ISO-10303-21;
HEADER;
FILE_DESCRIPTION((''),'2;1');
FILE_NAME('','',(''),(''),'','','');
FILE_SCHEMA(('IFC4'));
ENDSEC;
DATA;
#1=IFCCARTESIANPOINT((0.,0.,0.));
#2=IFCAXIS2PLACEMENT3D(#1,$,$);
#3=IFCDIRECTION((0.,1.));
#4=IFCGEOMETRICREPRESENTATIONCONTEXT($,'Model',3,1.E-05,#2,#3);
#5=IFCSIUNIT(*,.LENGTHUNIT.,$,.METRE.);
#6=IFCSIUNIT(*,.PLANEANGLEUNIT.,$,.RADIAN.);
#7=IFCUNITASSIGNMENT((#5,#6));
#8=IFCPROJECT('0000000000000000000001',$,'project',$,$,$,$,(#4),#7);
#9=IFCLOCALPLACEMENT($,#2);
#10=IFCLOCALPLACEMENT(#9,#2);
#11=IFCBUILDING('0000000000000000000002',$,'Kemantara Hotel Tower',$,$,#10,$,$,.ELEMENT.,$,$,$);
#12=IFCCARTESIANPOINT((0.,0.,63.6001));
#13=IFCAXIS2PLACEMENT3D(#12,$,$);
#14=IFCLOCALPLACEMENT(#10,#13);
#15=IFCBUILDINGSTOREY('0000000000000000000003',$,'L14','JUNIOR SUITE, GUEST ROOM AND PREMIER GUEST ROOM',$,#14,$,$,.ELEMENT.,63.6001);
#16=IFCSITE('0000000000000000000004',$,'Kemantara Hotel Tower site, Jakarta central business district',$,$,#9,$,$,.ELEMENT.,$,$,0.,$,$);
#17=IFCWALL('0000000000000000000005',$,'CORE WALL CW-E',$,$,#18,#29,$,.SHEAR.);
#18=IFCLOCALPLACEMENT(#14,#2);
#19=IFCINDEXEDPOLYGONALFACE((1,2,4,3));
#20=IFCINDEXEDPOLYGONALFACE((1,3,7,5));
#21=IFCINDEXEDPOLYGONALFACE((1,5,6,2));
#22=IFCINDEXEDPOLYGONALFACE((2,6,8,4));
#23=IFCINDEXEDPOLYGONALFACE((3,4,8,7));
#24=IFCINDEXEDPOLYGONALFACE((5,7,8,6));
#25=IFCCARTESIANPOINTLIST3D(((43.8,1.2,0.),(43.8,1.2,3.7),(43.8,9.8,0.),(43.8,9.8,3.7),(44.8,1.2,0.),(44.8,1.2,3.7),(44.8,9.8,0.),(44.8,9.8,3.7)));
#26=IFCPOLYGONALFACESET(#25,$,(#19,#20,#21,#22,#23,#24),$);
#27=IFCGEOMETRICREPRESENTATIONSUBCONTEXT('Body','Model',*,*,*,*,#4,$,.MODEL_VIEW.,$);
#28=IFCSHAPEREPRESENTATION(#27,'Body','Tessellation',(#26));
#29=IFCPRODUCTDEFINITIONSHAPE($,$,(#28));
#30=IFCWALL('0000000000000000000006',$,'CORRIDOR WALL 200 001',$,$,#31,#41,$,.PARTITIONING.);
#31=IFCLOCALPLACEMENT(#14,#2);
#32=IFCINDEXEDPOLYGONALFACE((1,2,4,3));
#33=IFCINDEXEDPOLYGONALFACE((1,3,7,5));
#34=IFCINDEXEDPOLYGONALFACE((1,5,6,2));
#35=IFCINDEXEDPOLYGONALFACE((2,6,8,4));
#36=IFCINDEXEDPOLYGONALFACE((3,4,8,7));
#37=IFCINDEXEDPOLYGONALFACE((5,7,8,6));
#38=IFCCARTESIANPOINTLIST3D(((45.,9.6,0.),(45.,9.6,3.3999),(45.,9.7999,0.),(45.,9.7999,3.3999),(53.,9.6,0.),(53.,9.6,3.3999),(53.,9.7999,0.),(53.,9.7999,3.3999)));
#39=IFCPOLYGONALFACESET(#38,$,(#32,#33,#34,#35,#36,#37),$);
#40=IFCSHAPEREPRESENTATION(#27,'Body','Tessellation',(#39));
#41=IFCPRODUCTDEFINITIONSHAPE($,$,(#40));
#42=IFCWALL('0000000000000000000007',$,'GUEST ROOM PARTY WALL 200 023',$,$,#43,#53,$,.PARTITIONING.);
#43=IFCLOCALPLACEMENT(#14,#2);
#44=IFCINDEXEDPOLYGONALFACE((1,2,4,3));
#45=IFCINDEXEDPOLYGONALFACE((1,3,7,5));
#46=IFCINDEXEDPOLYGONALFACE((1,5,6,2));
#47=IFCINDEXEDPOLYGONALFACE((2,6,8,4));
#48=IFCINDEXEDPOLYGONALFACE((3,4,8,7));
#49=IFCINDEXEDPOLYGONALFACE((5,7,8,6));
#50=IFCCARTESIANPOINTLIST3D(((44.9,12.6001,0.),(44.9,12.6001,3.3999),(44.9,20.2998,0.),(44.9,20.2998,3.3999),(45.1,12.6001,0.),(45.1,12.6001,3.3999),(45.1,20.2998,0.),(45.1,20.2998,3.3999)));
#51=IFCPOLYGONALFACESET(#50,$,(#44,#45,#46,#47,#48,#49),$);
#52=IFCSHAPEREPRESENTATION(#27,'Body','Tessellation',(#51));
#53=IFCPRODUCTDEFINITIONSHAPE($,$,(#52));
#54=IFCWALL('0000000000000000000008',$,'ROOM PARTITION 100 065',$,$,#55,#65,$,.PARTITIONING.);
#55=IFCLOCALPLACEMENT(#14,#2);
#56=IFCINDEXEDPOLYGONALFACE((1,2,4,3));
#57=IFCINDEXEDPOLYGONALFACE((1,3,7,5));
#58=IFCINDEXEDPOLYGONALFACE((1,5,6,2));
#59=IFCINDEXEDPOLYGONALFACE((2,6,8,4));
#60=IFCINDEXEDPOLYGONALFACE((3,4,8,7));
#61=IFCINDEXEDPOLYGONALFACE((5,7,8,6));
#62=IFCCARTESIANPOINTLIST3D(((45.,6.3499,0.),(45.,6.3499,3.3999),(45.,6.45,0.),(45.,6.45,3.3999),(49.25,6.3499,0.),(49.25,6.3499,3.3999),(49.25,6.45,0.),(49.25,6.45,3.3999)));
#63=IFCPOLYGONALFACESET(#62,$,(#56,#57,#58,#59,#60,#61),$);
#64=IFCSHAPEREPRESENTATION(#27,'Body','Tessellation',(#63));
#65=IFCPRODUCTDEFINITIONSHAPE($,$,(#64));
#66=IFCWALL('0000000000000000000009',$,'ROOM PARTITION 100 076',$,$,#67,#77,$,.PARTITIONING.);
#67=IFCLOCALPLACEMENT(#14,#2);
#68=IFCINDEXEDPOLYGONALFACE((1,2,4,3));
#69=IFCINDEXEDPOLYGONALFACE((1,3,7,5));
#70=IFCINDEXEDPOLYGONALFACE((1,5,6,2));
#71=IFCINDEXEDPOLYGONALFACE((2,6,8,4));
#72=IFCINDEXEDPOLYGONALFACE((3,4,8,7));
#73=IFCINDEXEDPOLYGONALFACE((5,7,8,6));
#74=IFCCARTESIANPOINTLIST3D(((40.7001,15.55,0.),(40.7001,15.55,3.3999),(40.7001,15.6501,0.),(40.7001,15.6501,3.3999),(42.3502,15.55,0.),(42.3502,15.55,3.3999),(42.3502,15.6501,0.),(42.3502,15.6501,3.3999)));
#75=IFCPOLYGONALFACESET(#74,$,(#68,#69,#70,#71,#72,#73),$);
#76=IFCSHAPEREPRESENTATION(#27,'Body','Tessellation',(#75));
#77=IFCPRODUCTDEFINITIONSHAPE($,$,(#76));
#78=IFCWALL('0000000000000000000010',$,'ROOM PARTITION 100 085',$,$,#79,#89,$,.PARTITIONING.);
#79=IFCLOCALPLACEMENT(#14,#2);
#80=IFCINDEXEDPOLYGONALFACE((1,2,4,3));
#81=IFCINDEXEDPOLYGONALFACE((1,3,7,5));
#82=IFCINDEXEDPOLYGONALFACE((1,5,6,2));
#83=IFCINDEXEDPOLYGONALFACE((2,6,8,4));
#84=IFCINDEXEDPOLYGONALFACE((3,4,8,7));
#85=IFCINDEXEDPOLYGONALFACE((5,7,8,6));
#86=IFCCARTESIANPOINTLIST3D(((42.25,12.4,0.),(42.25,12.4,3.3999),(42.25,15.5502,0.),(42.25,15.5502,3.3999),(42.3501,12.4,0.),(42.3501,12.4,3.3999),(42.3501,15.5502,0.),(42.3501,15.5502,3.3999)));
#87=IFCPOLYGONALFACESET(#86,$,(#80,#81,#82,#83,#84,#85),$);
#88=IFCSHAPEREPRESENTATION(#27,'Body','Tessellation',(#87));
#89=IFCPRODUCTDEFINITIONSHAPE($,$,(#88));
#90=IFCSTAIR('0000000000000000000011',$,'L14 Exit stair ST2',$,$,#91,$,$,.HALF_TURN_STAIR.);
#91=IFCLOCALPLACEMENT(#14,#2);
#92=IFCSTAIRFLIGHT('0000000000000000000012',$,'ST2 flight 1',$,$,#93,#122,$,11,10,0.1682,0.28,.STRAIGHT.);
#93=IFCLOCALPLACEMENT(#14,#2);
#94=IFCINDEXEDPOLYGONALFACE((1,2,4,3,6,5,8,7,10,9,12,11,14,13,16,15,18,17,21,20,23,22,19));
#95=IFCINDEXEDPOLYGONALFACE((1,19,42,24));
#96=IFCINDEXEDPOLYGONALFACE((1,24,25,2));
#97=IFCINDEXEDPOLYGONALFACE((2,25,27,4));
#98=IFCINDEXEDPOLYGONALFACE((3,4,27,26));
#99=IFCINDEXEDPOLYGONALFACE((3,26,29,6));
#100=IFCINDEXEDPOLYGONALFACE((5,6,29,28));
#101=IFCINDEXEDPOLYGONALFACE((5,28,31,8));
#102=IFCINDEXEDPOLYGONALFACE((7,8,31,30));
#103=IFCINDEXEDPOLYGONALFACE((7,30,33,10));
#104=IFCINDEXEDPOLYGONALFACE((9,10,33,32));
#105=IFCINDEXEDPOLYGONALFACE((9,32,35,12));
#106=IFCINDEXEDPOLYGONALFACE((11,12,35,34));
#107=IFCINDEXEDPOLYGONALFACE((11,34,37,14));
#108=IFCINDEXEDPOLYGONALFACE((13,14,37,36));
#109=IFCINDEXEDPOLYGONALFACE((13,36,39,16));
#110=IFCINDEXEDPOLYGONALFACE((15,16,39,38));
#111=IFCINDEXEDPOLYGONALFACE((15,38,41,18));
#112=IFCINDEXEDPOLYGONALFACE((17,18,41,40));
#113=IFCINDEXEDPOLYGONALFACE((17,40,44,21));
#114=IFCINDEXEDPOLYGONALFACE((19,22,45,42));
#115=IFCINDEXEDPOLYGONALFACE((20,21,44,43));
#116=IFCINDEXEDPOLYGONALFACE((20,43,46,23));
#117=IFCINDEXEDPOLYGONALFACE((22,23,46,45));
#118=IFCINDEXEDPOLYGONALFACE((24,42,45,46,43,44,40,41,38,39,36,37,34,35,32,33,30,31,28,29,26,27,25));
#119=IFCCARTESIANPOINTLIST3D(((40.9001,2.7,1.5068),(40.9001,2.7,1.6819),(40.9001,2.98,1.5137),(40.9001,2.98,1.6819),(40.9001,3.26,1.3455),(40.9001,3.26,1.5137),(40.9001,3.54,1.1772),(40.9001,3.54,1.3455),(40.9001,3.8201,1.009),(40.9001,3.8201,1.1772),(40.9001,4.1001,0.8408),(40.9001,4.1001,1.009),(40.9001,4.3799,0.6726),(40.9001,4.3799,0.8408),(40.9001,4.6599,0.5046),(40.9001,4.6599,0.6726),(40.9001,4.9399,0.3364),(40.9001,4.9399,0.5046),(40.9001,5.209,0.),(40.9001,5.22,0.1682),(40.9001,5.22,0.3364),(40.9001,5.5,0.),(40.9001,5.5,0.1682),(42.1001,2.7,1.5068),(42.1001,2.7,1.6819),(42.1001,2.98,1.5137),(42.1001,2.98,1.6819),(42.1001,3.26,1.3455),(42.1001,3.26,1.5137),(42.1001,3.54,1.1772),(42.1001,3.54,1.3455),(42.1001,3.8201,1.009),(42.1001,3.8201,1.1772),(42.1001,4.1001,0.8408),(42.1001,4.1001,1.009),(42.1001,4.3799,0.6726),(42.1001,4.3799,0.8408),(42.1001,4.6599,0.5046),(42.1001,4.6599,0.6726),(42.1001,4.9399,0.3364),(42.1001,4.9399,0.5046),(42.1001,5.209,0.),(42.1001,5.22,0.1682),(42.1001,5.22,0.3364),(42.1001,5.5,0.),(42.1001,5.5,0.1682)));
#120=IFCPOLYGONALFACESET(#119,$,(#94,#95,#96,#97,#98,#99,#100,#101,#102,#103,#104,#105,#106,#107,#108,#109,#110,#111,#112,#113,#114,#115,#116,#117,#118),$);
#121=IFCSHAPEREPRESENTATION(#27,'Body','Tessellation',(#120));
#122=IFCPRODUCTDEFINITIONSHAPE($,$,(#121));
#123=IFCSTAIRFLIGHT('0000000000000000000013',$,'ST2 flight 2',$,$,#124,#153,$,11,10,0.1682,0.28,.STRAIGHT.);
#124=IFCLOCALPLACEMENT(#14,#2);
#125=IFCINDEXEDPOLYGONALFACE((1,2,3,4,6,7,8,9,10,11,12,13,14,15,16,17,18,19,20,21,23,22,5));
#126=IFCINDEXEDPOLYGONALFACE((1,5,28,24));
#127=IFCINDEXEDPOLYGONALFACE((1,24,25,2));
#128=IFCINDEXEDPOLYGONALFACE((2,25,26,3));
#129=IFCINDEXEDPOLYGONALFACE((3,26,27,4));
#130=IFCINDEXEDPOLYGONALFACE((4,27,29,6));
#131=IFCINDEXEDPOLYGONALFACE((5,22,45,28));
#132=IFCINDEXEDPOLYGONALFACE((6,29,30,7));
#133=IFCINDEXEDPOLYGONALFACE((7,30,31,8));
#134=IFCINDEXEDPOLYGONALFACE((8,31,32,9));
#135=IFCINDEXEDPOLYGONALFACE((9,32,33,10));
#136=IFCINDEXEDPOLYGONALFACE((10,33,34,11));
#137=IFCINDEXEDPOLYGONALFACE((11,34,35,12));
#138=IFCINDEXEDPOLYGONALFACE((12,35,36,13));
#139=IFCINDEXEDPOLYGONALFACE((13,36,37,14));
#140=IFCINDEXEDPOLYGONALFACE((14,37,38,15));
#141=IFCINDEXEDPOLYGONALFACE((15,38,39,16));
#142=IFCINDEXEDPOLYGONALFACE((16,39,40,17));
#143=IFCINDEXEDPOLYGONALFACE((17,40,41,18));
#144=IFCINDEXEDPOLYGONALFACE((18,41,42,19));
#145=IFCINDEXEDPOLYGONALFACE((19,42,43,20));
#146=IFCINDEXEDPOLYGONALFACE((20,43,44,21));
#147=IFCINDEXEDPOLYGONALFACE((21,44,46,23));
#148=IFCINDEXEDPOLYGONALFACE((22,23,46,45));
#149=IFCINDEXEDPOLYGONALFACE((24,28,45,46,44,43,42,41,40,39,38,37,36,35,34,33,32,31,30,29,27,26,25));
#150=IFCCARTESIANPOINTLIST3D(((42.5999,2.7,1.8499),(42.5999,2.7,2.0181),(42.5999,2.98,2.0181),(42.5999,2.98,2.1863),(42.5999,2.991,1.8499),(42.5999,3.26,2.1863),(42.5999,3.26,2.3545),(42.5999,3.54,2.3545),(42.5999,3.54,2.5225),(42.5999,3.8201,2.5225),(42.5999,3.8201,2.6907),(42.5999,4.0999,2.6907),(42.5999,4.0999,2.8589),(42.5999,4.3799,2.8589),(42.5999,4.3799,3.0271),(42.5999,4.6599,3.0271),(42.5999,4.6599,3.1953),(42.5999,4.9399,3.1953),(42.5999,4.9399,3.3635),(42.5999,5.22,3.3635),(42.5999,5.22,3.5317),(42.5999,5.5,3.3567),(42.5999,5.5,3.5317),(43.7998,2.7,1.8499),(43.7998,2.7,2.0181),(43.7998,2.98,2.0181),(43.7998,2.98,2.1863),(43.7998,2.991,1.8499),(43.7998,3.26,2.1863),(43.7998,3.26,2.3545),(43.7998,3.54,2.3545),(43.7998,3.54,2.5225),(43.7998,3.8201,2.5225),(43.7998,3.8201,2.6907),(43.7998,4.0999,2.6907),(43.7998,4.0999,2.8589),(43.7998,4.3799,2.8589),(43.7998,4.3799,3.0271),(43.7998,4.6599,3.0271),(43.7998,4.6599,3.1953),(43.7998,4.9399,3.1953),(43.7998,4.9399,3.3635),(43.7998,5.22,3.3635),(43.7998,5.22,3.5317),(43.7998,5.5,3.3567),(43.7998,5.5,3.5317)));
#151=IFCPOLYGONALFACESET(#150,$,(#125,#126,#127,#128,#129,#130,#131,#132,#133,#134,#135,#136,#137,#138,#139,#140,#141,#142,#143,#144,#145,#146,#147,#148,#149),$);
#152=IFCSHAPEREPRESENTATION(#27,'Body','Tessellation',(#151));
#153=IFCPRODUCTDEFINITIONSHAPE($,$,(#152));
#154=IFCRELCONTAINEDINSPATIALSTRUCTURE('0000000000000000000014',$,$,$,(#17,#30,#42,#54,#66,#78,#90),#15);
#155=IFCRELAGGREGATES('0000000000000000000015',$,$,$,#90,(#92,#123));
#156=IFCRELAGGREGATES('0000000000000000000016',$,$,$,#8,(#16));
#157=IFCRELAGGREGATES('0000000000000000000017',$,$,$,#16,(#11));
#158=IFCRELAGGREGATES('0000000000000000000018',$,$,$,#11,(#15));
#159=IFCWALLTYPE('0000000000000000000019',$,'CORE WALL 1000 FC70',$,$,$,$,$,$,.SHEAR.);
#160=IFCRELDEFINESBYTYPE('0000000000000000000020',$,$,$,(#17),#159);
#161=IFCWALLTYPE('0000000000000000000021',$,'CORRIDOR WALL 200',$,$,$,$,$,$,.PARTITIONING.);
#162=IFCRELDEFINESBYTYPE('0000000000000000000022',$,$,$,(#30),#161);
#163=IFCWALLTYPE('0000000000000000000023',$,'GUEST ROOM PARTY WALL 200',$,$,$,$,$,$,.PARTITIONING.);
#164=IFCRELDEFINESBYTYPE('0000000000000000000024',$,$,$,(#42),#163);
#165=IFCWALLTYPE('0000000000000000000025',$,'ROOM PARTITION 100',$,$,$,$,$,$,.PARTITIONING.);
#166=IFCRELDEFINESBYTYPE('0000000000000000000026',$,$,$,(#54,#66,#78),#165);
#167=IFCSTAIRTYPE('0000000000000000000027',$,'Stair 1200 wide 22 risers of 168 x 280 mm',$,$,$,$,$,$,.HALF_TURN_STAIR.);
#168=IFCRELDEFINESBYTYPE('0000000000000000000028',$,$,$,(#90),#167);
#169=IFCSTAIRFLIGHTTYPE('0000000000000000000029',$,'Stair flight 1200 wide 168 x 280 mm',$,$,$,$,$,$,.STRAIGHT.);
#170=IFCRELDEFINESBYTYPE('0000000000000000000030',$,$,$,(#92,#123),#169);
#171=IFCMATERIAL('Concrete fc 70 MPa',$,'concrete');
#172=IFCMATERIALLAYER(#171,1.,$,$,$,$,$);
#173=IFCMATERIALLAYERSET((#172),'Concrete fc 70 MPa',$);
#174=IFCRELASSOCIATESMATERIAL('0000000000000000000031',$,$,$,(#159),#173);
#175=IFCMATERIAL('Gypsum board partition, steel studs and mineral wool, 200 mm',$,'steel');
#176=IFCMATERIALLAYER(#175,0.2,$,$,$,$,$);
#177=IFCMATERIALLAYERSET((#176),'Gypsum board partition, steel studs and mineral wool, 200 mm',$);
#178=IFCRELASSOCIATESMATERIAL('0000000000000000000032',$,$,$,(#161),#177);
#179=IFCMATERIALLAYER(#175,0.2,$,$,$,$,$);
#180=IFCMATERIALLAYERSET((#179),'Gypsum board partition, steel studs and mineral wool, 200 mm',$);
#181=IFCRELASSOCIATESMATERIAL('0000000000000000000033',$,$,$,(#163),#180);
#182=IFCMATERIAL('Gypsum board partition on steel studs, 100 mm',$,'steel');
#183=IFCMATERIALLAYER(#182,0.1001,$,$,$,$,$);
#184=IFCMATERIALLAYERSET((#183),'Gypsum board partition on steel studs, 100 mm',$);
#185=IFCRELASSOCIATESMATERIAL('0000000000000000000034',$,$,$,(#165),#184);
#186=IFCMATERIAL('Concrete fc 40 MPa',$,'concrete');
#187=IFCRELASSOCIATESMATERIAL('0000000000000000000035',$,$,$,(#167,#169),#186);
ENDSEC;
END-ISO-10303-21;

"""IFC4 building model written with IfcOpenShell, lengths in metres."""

from ifc_helpers import new_model, si_unit, direction, frame, frame_2d, origin, place, context, subcontext, project, spatial, polyline, rectangle, outline, extrude, material, layer, layer_set, type_object, element, aggregate, save


model = new_model("IFC4")

# Units and contexts
model_context = context("Model", 3, precision=1e-05, world=origin(), true_north=direction((0.0, 1.0)))
body_context = subcontext(model_context, "Body", "Model", "MODEL_VIEW")
ifc_project = project(units=[si_unit("LENGTHUNIT", "METRE"), si_unit("PLANEANGLEUNIT", "RADIAN")], contexts=[model_context])

# Site, building, storey
site_placement = place(None, origin())
site = spatial("IfcSite", under=ifc_project, at=site_placement, Name="Kemantara Hotel Tower site, Jakarta central business district", CompositionType="ELEMENT", RefElevation=0.0)
building_placement = place(site_placement, origin())
building = spatial("IfcBuilding", under=site, at=building_placement, Name="Kemantara Hotel Tower", CompositionType="ELEMENT")
storey_placement = place(building_placement, frame((0.0, 0.0, 63.6001)))
storey = spatial("IfcBuildingStorey", under=building, at=storey_placement, Name="L14", Description="JUNIOR SUITE, GUEST ROOM AND PREMIER GUEST ROOM", CompositionType="ELEMENT", Elevation=63.6001)

# Shared definitions
ifc_material_1 = material(Name="Concrete fc 70 MPa", Category="concrete")

# Walls
ifc_layer_1 = layer(ifc_material_1, 1.0)
ifc_layer_set_1 = layer_set([ifc_layer_1], Name="Concrete fc 70 MPa")
wall_type_1 = type_object("IfcWallType", Name="CORE WALL 1000 FC70", PredefinedType="SHEAR", material=ifc_layer_set_1)
wall_1_placement = place(storey_placement, frame((44.3, 1.2, 0.0), z_axis=(0.0, 0.0, 1.0), x_axis=(0.0, 1.0, 0.0)))
element("IfcWall", 1, at=wall_1_placement, inside=storey, type_object=wall_type_1, Name="CORE WALL CW-E", PredefinedType="SHEAR", context=body_context, shape_type="SweptSolid", body=[
    extrude(rectangle(XDim=8.6001, YDim=1.0, at=frame_2d((4.3, 0.0))), origin(), (0.0, 0.0, 1.0), 3.7),
])
ifc_material_2 = material(Name="Gypsum board partition, steel studs and mineral wool, 200 mm", Category="steel")
ifc_layer_2 = layer(ifc_material_2, 0.2)
ifc_layer_set_2 = layer_set([ifc_layer_2], Name="Gypsum board partition, steel studs and mineral wool, 200 mm")
wall_type_2 = type_object("IfcWallType", Name="CORRIDOR WALL 200", PredefinedType="PARTITIONING", material=ifc_layer_set_2)
wall_2_placement = place(storey_placement, frame((45.0, 9.7, 0.0), z_axis=(0.0, 0.0, 1.0), x_axis=(1.0, 0.0, 0.0)))
element("IfcWall", 2, at=wall_2_placement, inside=storey, type_object=wall_type_2, Name="CORRIDOR WALL 200 001", PredefinedType="PARTITIONING", context=body_context, shape_type="SweptSolid", body=[
    extrude(rectangle(XDim=8.0, YDim=0.2, at=frame_2d((4.0, 0.0))), origin(), (0.0, 0.0, 1.0), 3.3999),
])
ifc_layer_3 = layer(ifc_material_2, 0.2)
ifc_layer_set_3 = layer_set([ifc_layer_3], Name="Gypsum board partition, steel studs and mineral wool, 200 mm")
wall_type_3 = type_object("IfcWallType", Name="GUEST ROOM PARTY WALL 200", PredefinedType="PARTITIONING", material=ifc_layer_set_3)
wall_3_placement = place(storey_placement, frame((45.0, 12.6001, 0.0), z_axis=(0.0, 0.0, 1.0), x_axis=(0.0, 1.0, 0.0)))
element("IfcWall", 3, at=wall_3_placement, inside=storey, type_object=wall_type_3, Name="GUEST ROOM PARTY WALL 200 023", PredefinedType="PARTITIONING", context=body_context, shape_type="SweptSolid", body=[
    extrude(rectangle(XDim=7.6997, YDim=0.2, at=frame_2d((3.8499, 0.0))), origin(), (0.0, 0.0, 1.0), 3.3999),
])
ifc_material_3 = material(Name="Gypsum board partition on steel studs, 100 mm", Category="steel")
ifc_layer_4 = layer(ifc_material_3, 0.1001)
ifc_layer_set_4 = layer_set([ifc_layer_4], Name="Gypsum board partition on steel studs, 100 mm")
wall_type_4 = type_object("IfcWallType", Name="ROOM PARTITION 100", PredefinedType="PARTITIONING", material=ifc_layer_set_4)
wall_4_placement = place(storey_placement, frame((45.0, 6.3999, 0.0), z_axis=(0.0, 0.0, 1.0), x_axis=(1.0, 0.0, 0.0)))
element("IfcWall", 4, at=wall_4_placement, inside=storey, type_object=wall_type_4, Name="ROOM PARTITION 100 065", PredefinedType="PARTITIONING", context=body_context, shape_type="SweptSolid", body=[
    extrude(rectangle(XDim=4.25, YDim=0.1001, at=frame_2d((2.125, 0.0))), origin(), (0.0, 0.0, 1.0), 3.3999),
])
wall_5_placement = place(storey_placement, frame((40.7, 15.6001, 0.0), z_axis=(0.0, 0.0, 1.0), x_axis=(1.0, 0.0, 0.0)))
element("IfcWall", 5, at=wall_5_placement, inside=storey, type_object=wall_type_4, Name="ROOM PARTITION 100 076", PredefinedType="PARTITIONING", context=body_context, shape_type="SweptSolid", body=[
    extrude(rectangle(XDim=1.6501, YDim=0.1001, at=frame_2d((0.8252, 0.0))), origin(), (0.0, 0.0, 1.0), 3.3999),
])
wall_6_placement = place(storey_placement, frame((42.3, 12.3999, 0.0), z_axis=(0.0, 0.0, 1.0), x_axis=(0.0, 1.0, 0.0)))
element("IfcWall", 6, at=wall_6_placement, inside=storey, type_object=wall_type_4, Name="ROOM PARTITION 100 085", PredefinedType="PARTITIONING", context=body_context, shape_type="SweptSolid", body=[
    extrude(rectangle(XDim=3.1501, YDim=0.1001, at=frame_2d((1.5752, 0.0))), origin(), (0.0, 0.0, 1.0), 3.3999),
])

# Stair, stair flights
ifc_material_4 = material(Name="Concrete fc 40 MPa", Category="concrete")
stair_type = type_object("IfcStairType", Name="Stair 1200 wide 22 risers of 168 x 280 mm", PredefinedType="HALF_TURN_STAIR", material=ifc_material_4)
stair_placement = place(storey_placement, origin())
stair = element("IfcStair", 7, at=stair_placement, inside=storey, type_object=stair_type, Name="L14 Exit stair ST2", PredefinedType="HALF_TURN_STAIR")
stair_flight_type = type_object("IfcStairFlightType", Name="Stair flight 1200 wide 168 x 280 mm", PredefinedType="STRAIGHT", material=ifc_material_4)
stair_flight_1_placement = place(storey_placement, frame((41.5, 5.5, 0.0), z_axis=(0.0, 0.0, 1.0), x_axis=(0.0, -1.0, 0.0)))
stair_flight_1 = element("IfcStairFlight", 8, at=stair_flight_1_placement, type_object=stair_flight_type, Name="ST2 flight 1", NumberOfRisers=11, NumberOfTreads=10, PredefinedType="STRAIGHT", RiserHeight=0.1682, TreadLength=0.28, context=body_context, shape_type="SweptSolid", body=[
    extrude(outline(polyline([(0.0, 0.0), (0.0, 0.1682), (0.28, 0.1682), (0.28, 0.3364), (0.5601, 0.3364), (0.5601, 0.5046), (0.8401, 0.5046), (0.8401, 0.6726), (1.1201, 0.6726), (1.1201, 0.8408), (1.3999, 0.8408), (1.3999, 1.009), (1.6799, 1.009), (1.6799, 1.1772), (1.96, 1.1772), (1.96, 1.3455), (2.24, 1.3455), (2.24, 1.5137), (2.52, 1.5137), (2.52, 1.6819), (2.8, 1.6819), (2.8, 1.8501), (2.8, 1.5068), (0.291, 0.0), (0.0, 0.0)])), frame((0.0, 0.6001, 0.0), z_axis=(0.0, -1.0, 0.0), x_axis=(1.0, 0.0, 0.0)), (0.0, 0.0, 1.0), 1.2),
])
stair_flight_2_placement = place(storey_placement, frame((43.2, 2.7, 1.8499), z_axis=(0.0, 0.0, 1.0), x_axis=(0.0, 1.0, 0.0)))
stair_flight_2 = element("IfcStairFlight", 9, at=stair_flight_2_placement, type_object=stair_flight_type, Name="ST2 flight 2", NumberOfRisers=11, NumberOfTreads=10, PredefinedType="STRAIGHT", RiserHeight=0.1682, TreadLength=0.28, context=body_context, shape_type="SweptSolid", body=[
    extrude(outline(polyline([(0.0, 0.0), (0.0, 0.1682), (0.28, 0.1682), (0.28, 0.3364), (0.5601, 0.3364), (0.5601, 0.5046), (0.8401, 0.5046), (0.8401, 0.6726), (1.1201, 0.6726), (1.1201, 0.8408), (1.3999, 0.8408), (1.3999, 1.009), (1.6799, 1.009), (1.6799, 1.1772), (1.96, 1.1772), (1.96, 1.3455), (2.24, 1.3455), (2.24, 1.5137), (2.52, 1.5137), (2.52, 1.6819), (2.8, 1.6819), (2.8, 1.8501), (2.8, 1.5068), (0.291, 0.0), (0.0, 0.0)])), frame((0.0, 0.6001, 0.0), z_axis=(0.0, -1.0, 0.0), x_axis=(1.0, 0.0, 0.0)), (0.0, 0.0, 1.0), 1.2),
])
aggregate(stair, [stair_flight_1, stair_flight_2])

save(model, "model.ifc")
